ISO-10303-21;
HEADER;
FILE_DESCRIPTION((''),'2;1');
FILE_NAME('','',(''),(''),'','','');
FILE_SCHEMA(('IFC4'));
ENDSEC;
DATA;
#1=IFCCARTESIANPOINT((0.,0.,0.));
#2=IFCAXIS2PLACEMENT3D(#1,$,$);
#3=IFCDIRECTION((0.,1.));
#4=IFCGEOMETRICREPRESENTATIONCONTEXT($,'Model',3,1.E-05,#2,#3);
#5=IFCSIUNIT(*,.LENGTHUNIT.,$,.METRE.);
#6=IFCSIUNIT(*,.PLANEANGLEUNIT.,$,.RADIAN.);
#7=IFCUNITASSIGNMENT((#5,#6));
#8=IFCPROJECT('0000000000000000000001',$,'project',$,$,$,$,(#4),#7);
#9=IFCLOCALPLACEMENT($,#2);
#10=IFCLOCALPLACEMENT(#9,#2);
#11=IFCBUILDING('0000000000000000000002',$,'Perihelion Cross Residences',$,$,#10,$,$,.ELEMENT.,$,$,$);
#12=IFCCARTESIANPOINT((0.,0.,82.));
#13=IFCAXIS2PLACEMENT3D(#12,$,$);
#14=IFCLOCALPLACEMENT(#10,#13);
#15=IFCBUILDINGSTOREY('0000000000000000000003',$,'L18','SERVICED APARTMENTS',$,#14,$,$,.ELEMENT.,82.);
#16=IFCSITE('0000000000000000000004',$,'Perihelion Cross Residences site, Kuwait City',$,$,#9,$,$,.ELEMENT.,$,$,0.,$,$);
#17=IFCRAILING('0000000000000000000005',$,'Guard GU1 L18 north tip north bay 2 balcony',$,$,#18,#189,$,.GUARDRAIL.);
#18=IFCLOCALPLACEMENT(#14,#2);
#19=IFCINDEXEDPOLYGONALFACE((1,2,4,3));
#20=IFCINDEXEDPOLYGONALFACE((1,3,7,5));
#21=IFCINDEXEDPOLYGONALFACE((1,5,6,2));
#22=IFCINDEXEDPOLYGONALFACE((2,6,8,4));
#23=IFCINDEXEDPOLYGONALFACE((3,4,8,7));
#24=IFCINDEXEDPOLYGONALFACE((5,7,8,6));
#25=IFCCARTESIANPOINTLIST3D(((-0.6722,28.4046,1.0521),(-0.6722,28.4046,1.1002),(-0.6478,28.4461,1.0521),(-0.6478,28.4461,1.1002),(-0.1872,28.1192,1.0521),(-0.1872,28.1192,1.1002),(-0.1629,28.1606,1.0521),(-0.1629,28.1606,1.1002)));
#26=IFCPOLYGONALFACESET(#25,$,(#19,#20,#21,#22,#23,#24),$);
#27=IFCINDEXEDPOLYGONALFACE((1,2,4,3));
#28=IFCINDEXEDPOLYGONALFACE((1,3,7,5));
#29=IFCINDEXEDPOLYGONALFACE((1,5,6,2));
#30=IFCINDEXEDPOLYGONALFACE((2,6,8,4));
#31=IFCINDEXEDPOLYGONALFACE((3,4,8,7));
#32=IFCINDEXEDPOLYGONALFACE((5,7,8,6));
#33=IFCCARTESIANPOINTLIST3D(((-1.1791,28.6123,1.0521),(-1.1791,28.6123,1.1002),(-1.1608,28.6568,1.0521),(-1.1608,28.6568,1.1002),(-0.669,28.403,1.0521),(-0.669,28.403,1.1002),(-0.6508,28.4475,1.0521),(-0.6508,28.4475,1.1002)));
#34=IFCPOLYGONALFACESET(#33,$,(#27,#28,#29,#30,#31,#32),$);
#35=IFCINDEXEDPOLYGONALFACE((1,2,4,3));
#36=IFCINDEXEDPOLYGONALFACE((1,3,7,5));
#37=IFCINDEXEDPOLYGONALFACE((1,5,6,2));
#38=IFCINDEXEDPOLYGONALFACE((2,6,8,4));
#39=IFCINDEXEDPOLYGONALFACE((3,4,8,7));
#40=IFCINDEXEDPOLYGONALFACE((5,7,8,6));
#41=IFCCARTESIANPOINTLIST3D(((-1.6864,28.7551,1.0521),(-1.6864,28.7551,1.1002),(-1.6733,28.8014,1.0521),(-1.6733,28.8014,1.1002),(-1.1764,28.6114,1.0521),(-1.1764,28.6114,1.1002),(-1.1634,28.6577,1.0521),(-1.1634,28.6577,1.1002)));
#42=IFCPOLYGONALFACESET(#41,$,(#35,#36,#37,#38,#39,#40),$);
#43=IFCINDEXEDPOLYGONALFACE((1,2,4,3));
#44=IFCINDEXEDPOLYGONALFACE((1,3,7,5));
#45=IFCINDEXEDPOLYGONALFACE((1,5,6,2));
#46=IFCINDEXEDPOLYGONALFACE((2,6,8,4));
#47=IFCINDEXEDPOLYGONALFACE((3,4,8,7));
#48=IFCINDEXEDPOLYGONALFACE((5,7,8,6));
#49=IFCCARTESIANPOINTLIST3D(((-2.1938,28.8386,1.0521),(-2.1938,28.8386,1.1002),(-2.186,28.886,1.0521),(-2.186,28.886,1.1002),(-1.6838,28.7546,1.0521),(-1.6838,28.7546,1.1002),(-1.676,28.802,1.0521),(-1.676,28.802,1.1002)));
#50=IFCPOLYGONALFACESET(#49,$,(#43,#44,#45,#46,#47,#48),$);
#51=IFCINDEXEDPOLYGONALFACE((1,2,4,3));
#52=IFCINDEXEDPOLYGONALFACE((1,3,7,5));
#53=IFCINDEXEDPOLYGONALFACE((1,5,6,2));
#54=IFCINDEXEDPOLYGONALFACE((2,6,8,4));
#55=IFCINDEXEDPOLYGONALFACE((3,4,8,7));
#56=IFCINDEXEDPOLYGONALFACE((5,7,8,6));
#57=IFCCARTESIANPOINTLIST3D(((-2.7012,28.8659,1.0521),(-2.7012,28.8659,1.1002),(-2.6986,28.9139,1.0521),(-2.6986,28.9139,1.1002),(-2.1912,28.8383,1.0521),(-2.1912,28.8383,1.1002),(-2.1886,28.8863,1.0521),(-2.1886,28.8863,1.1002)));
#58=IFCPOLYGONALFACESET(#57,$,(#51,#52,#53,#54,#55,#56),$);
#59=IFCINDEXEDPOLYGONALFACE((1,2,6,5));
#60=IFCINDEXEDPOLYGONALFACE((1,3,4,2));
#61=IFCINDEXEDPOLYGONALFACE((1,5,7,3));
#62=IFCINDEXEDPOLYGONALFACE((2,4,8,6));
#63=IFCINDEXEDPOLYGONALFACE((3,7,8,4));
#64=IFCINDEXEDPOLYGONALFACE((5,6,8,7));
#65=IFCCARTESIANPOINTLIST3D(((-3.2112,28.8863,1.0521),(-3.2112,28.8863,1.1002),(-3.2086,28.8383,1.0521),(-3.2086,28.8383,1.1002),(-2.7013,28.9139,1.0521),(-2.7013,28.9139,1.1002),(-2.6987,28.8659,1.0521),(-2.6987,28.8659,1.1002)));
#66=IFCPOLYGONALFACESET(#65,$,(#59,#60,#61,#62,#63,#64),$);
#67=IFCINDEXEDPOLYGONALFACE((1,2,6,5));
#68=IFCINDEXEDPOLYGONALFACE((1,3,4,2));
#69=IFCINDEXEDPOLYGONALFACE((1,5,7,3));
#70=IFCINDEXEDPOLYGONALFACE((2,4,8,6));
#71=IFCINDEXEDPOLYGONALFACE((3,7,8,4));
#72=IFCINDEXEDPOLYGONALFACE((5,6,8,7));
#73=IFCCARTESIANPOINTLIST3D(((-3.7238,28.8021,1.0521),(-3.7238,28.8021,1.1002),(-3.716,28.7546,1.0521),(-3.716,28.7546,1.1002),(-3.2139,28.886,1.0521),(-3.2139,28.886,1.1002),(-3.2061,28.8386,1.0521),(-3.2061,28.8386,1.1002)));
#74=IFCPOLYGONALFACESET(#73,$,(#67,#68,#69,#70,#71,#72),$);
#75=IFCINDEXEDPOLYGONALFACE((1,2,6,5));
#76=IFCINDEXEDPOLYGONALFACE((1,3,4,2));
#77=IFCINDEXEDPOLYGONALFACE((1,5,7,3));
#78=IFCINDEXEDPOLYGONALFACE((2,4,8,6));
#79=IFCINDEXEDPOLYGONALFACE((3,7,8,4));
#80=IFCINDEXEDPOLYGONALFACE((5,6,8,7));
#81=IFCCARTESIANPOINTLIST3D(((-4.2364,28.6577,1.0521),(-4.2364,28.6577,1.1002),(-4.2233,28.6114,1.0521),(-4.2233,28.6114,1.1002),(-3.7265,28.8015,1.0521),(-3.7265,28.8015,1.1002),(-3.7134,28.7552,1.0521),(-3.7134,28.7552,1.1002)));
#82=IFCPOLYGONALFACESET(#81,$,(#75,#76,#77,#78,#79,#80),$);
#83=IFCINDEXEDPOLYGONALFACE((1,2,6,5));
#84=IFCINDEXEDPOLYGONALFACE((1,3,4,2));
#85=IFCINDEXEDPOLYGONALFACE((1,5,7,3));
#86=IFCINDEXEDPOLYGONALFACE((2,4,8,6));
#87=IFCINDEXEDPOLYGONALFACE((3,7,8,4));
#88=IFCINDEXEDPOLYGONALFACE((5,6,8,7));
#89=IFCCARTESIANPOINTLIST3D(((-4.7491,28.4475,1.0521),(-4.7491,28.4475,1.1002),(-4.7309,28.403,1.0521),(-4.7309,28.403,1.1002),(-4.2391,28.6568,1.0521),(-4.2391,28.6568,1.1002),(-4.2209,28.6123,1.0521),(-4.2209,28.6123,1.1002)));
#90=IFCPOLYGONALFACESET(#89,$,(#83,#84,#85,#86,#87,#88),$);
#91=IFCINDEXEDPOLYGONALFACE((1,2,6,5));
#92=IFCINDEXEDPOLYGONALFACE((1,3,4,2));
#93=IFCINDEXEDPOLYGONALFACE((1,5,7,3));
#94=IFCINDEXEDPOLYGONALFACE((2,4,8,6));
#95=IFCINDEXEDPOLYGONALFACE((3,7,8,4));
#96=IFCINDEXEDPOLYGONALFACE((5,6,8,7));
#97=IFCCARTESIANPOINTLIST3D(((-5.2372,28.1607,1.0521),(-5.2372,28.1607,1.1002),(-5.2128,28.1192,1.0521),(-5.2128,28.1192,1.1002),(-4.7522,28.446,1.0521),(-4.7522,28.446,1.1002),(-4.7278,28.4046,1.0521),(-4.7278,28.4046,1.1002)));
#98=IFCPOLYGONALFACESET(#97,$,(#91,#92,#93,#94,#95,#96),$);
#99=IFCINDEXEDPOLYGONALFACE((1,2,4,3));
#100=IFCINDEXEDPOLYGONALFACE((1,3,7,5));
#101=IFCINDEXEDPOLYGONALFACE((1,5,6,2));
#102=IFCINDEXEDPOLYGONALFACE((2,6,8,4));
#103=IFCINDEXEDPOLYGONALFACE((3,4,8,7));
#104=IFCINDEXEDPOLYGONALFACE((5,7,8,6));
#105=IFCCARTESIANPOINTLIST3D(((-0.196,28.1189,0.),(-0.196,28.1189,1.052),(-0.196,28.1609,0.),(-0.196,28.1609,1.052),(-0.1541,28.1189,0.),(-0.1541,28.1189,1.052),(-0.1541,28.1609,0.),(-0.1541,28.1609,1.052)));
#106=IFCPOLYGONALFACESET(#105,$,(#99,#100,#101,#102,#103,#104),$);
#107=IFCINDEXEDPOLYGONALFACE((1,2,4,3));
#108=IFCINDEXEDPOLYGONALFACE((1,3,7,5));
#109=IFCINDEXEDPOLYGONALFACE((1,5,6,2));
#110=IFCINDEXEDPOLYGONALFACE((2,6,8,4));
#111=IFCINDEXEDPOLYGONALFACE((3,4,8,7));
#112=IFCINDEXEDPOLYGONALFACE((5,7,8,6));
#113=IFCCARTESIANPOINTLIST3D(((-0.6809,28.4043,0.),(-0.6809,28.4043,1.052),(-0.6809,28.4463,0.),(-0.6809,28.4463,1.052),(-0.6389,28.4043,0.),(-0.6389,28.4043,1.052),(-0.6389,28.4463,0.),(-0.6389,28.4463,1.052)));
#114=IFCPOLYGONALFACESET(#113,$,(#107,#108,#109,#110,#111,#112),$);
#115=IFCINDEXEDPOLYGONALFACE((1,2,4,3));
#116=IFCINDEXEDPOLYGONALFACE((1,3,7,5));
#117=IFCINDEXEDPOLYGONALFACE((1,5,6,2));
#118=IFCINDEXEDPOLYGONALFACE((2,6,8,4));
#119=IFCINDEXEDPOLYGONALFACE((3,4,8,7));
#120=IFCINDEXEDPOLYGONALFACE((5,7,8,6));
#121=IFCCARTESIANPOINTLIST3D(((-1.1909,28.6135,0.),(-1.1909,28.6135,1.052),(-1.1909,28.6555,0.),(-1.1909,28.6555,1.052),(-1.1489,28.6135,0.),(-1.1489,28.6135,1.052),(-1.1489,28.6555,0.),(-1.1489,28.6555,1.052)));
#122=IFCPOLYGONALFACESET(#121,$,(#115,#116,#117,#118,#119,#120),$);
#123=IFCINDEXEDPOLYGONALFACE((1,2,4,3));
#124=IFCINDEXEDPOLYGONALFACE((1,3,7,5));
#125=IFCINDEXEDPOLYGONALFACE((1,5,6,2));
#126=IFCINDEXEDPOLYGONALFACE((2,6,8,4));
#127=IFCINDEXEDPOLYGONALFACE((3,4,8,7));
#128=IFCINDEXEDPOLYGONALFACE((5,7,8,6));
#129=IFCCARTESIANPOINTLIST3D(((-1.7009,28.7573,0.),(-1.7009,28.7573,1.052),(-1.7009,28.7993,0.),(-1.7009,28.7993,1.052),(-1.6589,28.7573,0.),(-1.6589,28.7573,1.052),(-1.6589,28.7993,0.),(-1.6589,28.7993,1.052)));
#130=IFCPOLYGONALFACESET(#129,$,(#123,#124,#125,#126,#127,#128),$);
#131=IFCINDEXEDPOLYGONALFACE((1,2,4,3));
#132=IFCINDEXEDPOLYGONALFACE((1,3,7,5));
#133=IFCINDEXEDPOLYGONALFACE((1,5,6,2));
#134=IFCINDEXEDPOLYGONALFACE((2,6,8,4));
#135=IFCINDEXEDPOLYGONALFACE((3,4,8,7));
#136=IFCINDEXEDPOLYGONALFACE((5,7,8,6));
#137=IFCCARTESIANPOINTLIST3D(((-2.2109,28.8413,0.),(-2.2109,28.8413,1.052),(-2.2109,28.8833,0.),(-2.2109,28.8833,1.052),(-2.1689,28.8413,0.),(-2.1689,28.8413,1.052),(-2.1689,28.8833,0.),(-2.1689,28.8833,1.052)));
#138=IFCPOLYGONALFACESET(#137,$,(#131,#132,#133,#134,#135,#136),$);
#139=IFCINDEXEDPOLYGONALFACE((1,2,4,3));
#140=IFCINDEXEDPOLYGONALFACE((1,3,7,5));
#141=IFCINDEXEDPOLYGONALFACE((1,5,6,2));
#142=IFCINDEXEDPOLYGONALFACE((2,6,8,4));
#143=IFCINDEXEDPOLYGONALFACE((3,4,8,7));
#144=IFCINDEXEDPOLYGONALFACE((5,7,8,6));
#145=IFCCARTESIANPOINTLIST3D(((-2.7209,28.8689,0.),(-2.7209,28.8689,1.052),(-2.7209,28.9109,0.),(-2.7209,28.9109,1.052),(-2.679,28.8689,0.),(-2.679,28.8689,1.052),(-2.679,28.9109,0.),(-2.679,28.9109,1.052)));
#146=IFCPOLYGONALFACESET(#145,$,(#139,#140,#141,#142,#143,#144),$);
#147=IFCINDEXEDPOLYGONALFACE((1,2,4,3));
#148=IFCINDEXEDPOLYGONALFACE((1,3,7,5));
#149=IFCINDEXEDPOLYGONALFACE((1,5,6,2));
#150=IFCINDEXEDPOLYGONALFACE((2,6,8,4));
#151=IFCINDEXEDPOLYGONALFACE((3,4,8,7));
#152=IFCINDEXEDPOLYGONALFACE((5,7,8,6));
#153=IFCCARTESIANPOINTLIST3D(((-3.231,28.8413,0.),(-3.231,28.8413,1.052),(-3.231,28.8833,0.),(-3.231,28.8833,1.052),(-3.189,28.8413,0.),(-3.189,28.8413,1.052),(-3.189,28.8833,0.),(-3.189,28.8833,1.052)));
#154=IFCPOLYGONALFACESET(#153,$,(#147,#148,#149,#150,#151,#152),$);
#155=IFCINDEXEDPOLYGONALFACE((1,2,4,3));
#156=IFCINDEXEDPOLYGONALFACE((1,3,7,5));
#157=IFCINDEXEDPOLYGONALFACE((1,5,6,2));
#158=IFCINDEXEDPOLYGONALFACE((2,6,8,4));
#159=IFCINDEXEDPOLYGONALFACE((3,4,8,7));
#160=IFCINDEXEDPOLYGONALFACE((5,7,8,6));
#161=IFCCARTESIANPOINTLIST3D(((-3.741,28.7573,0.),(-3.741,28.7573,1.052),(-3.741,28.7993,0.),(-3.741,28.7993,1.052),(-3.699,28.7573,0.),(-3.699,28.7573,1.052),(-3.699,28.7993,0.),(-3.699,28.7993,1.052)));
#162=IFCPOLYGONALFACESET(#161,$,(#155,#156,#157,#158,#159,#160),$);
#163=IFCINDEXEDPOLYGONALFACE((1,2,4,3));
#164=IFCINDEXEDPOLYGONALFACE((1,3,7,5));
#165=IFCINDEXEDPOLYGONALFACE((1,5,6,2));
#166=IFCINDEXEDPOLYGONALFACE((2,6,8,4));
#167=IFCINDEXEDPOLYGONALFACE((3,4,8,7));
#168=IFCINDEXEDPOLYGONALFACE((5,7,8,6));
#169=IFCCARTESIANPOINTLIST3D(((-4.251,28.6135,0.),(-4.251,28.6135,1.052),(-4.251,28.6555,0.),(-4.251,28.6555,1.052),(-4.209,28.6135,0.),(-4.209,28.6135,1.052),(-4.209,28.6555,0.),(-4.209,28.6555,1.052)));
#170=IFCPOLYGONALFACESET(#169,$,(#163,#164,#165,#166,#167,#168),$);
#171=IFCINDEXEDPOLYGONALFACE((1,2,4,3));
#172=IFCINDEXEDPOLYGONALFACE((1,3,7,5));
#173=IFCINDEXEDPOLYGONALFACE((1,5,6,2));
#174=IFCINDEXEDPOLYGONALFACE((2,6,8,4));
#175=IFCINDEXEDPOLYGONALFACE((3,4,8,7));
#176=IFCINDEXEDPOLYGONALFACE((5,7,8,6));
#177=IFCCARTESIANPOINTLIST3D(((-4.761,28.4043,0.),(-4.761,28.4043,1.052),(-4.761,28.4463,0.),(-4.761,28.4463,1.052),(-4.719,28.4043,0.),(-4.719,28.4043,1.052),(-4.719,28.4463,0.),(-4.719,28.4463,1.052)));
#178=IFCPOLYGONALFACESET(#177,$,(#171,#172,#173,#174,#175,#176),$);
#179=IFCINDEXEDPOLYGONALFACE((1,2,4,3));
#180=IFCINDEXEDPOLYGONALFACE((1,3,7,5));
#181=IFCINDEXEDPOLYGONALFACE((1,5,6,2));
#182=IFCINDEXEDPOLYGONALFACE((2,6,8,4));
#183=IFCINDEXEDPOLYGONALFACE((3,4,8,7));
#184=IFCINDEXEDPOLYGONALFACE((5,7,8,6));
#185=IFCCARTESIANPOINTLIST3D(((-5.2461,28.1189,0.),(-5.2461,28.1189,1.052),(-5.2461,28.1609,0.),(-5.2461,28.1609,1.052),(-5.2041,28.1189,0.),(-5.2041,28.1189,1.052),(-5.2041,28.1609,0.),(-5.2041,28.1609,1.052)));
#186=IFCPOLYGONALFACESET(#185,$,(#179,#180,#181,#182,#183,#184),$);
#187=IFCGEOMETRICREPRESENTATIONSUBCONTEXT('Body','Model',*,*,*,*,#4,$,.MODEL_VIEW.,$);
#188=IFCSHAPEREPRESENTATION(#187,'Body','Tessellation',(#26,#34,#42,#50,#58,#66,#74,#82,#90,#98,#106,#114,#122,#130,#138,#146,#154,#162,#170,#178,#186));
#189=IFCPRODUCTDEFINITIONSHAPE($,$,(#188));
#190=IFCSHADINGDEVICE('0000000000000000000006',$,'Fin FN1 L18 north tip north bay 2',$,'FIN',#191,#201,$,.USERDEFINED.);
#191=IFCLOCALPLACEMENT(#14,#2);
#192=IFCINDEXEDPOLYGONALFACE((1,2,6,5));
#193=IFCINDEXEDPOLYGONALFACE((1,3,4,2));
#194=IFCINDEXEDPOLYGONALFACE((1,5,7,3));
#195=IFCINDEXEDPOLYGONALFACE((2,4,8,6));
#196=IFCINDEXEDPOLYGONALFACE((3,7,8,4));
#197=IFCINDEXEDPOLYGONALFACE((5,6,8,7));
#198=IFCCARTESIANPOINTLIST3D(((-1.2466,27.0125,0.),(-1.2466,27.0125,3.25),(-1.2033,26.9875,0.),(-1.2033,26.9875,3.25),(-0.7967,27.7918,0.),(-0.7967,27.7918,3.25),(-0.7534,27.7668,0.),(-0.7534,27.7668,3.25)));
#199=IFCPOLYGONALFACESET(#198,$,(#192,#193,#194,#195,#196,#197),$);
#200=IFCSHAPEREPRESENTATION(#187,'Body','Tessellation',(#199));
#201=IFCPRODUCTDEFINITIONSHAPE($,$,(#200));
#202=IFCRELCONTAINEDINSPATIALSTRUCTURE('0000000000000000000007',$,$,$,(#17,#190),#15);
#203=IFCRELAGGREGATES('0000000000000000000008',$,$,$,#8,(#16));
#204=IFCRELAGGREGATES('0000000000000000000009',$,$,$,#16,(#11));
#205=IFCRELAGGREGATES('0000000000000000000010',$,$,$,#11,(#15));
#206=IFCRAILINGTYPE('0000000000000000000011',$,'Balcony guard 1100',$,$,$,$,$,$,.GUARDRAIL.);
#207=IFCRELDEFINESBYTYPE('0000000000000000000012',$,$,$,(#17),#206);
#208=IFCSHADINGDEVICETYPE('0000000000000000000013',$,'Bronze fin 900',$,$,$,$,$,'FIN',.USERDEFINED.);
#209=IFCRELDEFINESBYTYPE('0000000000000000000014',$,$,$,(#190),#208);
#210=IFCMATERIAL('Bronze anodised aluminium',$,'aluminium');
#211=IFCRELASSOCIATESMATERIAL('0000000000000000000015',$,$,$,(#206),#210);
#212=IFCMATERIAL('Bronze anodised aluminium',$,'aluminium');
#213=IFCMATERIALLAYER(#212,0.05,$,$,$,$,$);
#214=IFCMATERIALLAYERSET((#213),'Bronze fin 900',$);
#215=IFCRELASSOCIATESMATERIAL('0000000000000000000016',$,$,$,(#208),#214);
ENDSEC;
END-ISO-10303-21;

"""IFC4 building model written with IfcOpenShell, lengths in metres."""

from ifc_helpers import new_model, si_unit, direction, frame, origin, origin_2d, place, context, subcontext, project, spatial, rectangle, extrude, material, layer, layer_set, type_object, element, save


model = new_model("IFC4")

# Units and contexts
model_context = context("Model", 3, precision=1e-05, world=origin(), true_north=direction((0.0, 1.0)))
body_context = subcontext(model_context, "Body", "Model", "MODEL_VIEW")
ifc_project = project(units=[si_unit("LENGTHUNIT", "METRE"), si_unit("PLANEANGLEUNIT", "RADIAN")], contexts=[model_context])

# Site, building, storey
site_placement = place(None, origin())
site = spatial("IfcSite", under=ifc_project, at=site_placement, Name="Perihelion Cross Residences site, Kuwait City", CompositionType="ELEMENT", RefElevation=0.0)
building_placement = place(site_placement, origin())
building = spatial("IfcBuilding", under=site, at=building_placement, Name="Perihelion Cross Residences", CompositionType="ELEMENT")
storey_placement = place(building_placement, frame((0.0, 0.0, 82.0)))
storey = spatial("IfcBuildingStorey", under=building, at=storey_placement, Name="L18", Description="SERVICED APARTMENTS", CompositionType="ELEMENT", Elevation=82.0)

# Railing
ifc_material_1 = material(Name="Bronze anodised aluminium", Category="aluminium")
railing_type = type_object("IfcRailingType", Name="Balcony guard 1100", PredefinedType="GUARDRAIL", material=ifc_material_1)
railing_placement = place(storey_placement, frame((-0.175, 28.1399, 0.0)))
element("IfcRailing", 1, at=railing_placement, inside=storey, type_object=railing_type, Name="Guard GU1 L18 north tip north bay 2 balcony", PredefinedType="GUARDRAIL", context=body_context, shape_type="SweptSolid", body=[
    extrude(rectangle(XDim=0.0481, YDim=0.0481, at=origin_2d()), frame((0.0, 0.0, 1.0762), z_axis=(-0.861789, 0.507267, 0.0), x_axis=(-0.507267, -0.861789, 0.0)), (0.0, 0.0, 1.0), 0.5627),
    extrude(rectangle(XDim=0.0481, YDim=0.0481, at=origin_2d()), frame((-0.4849, 0.2854, 1.0762), z_axis=(-0.925173, 0.379547, 0.0), x_axis=(-0.379547, -0.925173, 0.0)), (0.0, 0.0, 1.0), 0.5513),
    extrude(rectangle(XDim=0.0481, YDim=0.0481, at=origin_2d()), frame((-0.9949, 0.4946, 1.0762), z_axis=(-0.962474, 0.271373, 0.0), x_axis=(-0.271373, -0.962474, 0.0)), (0.0, 0.0, 1.0), 0.5298),
    extrude(rectangle(XDim=0.0481, YDim=0.0481, at=origin_2d()), frame((-1.5049, 0.6384, 1.0762), z_axis=(-0.986711, 0.162484, 0.0), x_axis=(-0.162484, -0.986711, 0.0)), (0.0, 0.0, 1.0), 0.5168),
    extrude(rectangle(XDim=0.0481, YDim=0.0481, at=origin_2d()), frame((-2.0149, 0.7224, 1.0762), z_axis=(-0.99854, 0.054014, 0.0), x_axis=(-0.054014, -0.99854, 0.0)), (0.0, 0.0, 1.0), 0.5107),
    extrude(rectangle(XDim=0.0481, YDim=0.0481, at=origin_2d()), frame((-2.5249, 0.75, 1.0762), z_axis=(-0.99854, -0.054014, 0.0), x_axis=(0.054014, -0.99854, 0.0)), (0.0, 0.0, 1.0), 0.5107),
    extrude(rectangle(XDim=0.0481, YDim=0.0481, at=origin_2d()), frame((-3.0349, 0.7224, 1.0762), z_axis=(-0.986711, -0.162484, 0.0), x_axis=(0.162484, -0.986711, 0.0)), (0.0, 0.0, 1.0), 0.5168),
    extrude(rectangle(XDim=0.0481, YDim=0.0481, at=origin_2d()), frame((-3.5449, 0.6384, 1.0762), z_axis=(-0.962474, -0.271373, 0.0), x_axis=(0.271373, -0.962474, 0.0)), (0.0, 0.0, 1.0), 0.5298),
    extrude(rectangle(XDim=0.0481, YDim=0.0481, at=origin_2d()), frame((-4.0549, 0.4946, 1.0762), z_axis=(-0.925173, -0.379547, 0.0), x_axis=(0.379547, -0.925173, 0.0)), (0.0, 0.0, 1.0), 0.5513),
    extrude(rectangle(XDim=0.0481, YDim=0.0481, at=origin_2d()), frame((-4.5649, 0.2854, 1.0762), z_axis=(-0.861901, -0.507077, 0.0), x_axis=(0.507077, -0.861901, 0.0)), (0.0, 0.0, 1.0), 0.5627),
    extrude(rectangle(XDim=0.042, YDim=0.042, at=origin_2d()), origin(), (0.0, 0.0, 1.0), 1.052),
    extrude(rectangle(XDim=0.042, YDim=0.042, at=origin_2d()), frame((-0.4849, 0.2854, 0.0)), (0.0, 0.0, 1.0), 1.052),
    extrude(rectangle(XDim=0.042, YDim=0.042, at=origin_2d()), frame((-0.9949, 0.4946, 0.0)), (0.0, 0.0, 1.0), 1.052),
    extrude(rectangle(XDim=0.042, YDim=0.042, at=origin_2d()), frame((-1.5049, 0.6384, 0.0)), (0.0, 0.0, 1.0), 1.052),
    extrude(rectangle(XDim=0.042, YDim=0.042, at=origin_2d()), frame((-2.0149, 0.7224, 0.0)), (0.0, 0.0, 1.0), 1.052),
    extrude(rectangle(XDim=0.042, YDim=0.042, at=origin_2d()), frame((-2.5249, 0.75, 0.0)), (0.0, 0.0, 1.0), 1.052),
    extrude(rectangle(XDim=0.042, YDim=0.042, at=origin_2d()), frame((-3.0349, 0.7224, 0.0)), (0.0, 0.0, 1.0), 1.052),
    extrude(rectangle(XDim=0.042, YDim=0.042, at=origin_2d()), frame((-3.5449, 0.6384, 0.0)), (0.0, 0.0, 1.0), 1.052),
    extrude(rectangle(XDim=0.042, YDim=0.042, at=origin_2d()), frame((-4.0549, 0.4946, 0.0)), (0.0, 0.0, 1.0), 1.052),
    extrude(rectangle(XDim=0.042, YDim=0.042, at=origin_2d()), frame((-4.5649, 0.2854, 0.0)), (0.0, 0.0, 1.0), 1.052),
    extrude(rectangle(XDim=0.042, YDim=0.042, at=origin_2d()), frame((-5.05, 0.0, 0.0)), (0.0, 0.0, 1.0), 1.052),
])

# Shading device
ifc_material_2 = material(Name="Bronze anodised aluminium", Category="aluminium")
ifc_layer_1 = layer(ifc_material_2, 0.05)
ifc_layer_set_1 = layer_set([ifc_layer_1], Name="Bronze fin 900")
shading_device_type = type_object("IfcShadingDeviceType", Name="Bronze fin 900", ElementType="FIN", PredefinedType="USERDEFINED", material=ifc_layer_set_1)
shading_device_placement = place(storey_placement, frame((-1.0, 27.3896, 0.0), z_axis=(0.0, 0.0, 1.0), x_axis=(0.5, 0.866025, 0.0)))
element("IfcShadingDevice", 2, at=shading_device_placement, inside=storey, type_object=shading_device_type, Name="Fin FN1 L18 north tip north bay 2", ObjectType="FIN", PredefinedType="USERDEFINED", context=body_context, shape_type="SweptSolid", body=[
    extrude(rectangle(XDim=0.8999, YDim=0.05, at=origin_2d()), origin(), (0.0, 0.0, 1.0), 3.25),
])

save(model, "model.ifc")
